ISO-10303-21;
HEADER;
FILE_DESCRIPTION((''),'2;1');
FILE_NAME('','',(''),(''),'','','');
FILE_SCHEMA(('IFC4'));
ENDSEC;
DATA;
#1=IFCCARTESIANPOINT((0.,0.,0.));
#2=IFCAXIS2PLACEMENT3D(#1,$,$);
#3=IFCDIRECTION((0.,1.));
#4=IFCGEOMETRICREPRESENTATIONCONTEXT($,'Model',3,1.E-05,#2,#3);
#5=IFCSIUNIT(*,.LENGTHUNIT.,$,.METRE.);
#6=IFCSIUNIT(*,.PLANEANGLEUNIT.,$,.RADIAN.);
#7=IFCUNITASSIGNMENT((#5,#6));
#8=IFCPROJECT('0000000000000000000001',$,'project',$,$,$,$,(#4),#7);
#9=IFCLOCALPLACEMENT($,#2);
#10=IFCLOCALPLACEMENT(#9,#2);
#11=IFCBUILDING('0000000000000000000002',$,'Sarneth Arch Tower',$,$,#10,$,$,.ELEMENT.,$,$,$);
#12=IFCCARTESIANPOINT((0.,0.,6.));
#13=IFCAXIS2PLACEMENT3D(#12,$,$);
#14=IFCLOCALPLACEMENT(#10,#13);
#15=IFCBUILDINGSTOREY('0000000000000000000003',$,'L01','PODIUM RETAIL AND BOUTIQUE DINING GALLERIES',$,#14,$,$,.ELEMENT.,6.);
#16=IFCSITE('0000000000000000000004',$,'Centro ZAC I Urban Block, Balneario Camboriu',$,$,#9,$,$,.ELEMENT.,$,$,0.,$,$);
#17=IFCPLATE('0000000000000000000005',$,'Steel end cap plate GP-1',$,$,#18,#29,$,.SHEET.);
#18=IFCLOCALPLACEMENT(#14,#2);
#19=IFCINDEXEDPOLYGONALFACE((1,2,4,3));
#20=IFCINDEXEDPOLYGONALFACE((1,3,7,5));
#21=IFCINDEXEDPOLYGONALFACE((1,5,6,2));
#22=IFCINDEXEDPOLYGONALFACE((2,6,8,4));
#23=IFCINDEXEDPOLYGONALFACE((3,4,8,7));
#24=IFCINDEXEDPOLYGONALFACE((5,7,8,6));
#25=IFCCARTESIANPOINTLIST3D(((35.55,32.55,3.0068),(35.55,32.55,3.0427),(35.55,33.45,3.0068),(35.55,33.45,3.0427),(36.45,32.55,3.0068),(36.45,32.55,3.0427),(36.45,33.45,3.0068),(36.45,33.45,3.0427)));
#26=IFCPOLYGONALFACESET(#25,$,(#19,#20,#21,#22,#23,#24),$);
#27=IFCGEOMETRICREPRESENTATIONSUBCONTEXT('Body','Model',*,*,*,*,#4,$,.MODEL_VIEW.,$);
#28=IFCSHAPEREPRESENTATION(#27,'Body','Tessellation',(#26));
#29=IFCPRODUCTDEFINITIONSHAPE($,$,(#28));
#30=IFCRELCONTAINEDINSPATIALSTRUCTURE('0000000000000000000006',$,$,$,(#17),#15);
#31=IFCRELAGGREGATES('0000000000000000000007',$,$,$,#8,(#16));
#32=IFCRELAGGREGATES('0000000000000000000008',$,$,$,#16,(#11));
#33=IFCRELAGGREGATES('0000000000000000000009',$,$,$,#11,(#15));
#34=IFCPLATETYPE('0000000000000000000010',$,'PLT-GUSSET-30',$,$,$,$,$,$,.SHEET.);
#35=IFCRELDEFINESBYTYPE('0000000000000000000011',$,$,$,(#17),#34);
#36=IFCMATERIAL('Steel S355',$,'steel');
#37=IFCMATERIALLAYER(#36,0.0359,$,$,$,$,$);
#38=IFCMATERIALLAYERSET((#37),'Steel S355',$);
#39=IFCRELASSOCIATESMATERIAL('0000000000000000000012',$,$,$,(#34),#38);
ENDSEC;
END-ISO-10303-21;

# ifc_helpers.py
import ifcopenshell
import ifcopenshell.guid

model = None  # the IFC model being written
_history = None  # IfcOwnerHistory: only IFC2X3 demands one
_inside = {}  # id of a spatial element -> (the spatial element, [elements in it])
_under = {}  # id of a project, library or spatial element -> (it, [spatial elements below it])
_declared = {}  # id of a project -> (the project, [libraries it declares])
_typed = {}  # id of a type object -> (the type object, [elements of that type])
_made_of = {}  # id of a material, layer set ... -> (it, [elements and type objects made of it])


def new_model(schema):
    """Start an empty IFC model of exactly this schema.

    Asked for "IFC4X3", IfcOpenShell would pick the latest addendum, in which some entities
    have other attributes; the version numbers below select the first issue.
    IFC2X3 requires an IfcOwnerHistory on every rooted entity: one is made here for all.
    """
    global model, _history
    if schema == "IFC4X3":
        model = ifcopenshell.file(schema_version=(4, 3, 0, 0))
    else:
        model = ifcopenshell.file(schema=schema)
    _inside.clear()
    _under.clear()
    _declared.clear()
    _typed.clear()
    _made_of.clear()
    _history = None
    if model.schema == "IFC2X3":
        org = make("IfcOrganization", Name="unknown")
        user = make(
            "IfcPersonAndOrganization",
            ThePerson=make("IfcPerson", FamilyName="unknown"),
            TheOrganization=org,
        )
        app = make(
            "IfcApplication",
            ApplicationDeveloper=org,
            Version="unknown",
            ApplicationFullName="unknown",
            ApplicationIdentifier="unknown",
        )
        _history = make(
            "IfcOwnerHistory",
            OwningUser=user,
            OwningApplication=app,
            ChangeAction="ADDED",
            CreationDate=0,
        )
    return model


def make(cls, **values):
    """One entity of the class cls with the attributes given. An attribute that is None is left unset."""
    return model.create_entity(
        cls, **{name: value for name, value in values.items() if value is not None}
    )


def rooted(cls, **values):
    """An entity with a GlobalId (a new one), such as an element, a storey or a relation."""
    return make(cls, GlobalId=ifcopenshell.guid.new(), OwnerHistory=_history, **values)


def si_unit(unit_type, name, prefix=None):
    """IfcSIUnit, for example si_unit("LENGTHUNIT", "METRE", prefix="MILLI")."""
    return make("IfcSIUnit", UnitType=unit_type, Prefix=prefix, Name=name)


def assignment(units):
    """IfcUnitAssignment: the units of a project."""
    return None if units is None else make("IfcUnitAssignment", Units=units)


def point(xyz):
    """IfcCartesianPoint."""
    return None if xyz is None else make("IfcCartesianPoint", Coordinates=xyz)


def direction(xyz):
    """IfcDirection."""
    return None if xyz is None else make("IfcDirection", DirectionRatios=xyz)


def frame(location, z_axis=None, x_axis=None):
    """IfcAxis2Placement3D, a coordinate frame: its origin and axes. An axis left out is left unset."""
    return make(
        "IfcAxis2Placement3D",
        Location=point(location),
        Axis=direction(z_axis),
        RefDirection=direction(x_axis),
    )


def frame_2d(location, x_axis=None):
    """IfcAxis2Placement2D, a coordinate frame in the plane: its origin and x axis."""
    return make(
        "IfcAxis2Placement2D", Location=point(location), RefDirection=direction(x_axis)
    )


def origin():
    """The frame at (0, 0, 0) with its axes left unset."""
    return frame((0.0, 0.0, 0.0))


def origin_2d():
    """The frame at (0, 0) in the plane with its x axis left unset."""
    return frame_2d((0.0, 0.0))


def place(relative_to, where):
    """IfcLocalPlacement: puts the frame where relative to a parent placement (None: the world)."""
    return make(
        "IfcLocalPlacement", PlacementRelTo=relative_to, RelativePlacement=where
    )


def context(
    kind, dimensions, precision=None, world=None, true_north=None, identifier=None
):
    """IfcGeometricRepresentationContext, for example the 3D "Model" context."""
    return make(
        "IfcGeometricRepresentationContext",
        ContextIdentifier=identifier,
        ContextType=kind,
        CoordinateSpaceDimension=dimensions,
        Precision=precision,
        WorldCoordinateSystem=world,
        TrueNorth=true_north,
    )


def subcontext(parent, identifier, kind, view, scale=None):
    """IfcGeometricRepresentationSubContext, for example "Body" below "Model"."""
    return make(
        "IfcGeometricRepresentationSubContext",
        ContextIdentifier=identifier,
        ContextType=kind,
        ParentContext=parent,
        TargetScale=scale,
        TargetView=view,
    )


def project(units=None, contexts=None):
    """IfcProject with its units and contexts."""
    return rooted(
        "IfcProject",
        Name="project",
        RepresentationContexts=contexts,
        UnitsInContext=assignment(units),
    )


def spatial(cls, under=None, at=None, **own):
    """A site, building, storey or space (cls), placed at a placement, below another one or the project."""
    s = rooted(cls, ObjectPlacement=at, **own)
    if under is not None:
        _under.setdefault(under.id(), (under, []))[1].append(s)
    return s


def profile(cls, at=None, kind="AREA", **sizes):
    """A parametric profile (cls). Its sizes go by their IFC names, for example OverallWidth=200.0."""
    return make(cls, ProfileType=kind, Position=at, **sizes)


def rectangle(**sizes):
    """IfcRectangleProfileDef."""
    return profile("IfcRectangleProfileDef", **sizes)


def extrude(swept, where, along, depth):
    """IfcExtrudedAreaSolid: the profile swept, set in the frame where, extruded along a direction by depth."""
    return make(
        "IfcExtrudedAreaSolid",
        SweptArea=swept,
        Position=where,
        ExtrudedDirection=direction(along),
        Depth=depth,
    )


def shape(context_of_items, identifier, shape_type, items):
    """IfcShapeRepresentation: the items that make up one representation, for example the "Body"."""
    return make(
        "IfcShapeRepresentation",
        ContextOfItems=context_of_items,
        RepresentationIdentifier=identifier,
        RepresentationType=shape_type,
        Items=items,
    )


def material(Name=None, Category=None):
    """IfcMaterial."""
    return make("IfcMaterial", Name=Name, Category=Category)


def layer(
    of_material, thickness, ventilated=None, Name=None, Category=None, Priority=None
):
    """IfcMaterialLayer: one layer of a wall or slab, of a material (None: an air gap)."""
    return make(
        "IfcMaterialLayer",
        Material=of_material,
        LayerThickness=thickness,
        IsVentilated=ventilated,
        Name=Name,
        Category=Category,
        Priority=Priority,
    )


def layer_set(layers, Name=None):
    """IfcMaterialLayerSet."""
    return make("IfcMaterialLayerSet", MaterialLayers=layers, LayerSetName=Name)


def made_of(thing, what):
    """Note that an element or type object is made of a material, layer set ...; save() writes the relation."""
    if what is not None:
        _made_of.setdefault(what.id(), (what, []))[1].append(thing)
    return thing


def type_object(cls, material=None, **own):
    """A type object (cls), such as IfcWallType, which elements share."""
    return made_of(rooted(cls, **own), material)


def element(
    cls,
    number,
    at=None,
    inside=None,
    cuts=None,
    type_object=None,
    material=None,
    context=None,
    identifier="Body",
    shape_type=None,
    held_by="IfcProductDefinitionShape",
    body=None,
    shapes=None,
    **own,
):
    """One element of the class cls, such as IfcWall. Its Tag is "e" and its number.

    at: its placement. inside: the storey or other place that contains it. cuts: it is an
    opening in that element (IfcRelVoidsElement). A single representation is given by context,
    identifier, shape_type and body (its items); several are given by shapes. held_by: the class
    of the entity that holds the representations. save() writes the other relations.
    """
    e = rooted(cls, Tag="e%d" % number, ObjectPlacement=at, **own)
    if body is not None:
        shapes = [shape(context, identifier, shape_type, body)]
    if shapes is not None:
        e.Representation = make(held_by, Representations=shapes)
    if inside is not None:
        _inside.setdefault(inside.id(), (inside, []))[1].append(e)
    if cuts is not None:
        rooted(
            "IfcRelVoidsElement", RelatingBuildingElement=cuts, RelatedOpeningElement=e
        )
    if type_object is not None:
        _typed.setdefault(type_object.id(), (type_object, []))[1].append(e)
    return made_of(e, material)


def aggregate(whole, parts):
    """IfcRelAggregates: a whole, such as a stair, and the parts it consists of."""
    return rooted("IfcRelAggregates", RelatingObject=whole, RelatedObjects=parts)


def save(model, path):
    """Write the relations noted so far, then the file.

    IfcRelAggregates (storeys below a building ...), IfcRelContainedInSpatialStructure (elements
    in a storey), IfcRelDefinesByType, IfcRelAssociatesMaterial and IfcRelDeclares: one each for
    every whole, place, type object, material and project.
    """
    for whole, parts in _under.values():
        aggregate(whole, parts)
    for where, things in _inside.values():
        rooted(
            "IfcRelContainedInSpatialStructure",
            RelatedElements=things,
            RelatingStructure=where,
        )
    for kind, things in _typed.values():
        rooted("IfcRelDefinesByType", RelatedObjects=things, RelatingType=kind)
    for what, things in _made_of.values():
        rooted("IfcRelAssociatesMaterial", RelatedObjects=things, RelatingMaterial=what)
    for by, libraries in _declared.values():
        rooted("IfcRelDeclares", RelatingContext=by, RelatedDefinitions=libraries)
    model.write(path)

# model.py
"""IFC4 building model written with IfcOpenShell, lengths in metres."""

from ifc_helpers import new_model, si_unit, direction, frame, origin, origin_2d, place, context, subcontext, project, spatial, rectangle, extrude, material, layer, layer_set, type_object, element, save


model = new_model("IFC4")

# Units and contexts
model_context = context("Model", 3, precision=1e-05, world=origin(), true_north=direction((0.0, 1.0)))
body_context = subcontext(model_context, "Body", "Model", "MODEL_VIEW")
ifc_project = project(units=[si_unit("LENGTHUNIT", "METRE"), si_unit("PLANEANGLEUNIT", "RADIAN")], contexts=[model_context])

# Site, building, storey
site_placement = place(None, origin())
site = spatial("IfcSite", under=ifc_project, at=site_placement, Name="Centro ZAC I Urban Block, Balneario Camboriu", CompositionType="ELEMENT", RefElevation=0.0)
building_placement = place(site_placement, origin())
building = spatial("IfcBuilding", under=site, at=building_placement, Name="Sarneth Arch Tower", CompositionType="ELEMENT")
storey_placement = place(building_placement, frame((0.0, 0.0, 6.0)))
storey = spatial("IfcBuildingStorey", under=building, at=storey_placement, Name="L01", Description="PODIUM RETAIL AND BOUTIQUE DINING GALLERIES", CompositionType="ELEMENT", Elevation=6.0)

# Plate
ifc_material_1 = material(Name="Steel S355", Category="steel")
ifc_layer_1 = layer(ifc_material_1, 0.0359)
ifc_layer_set_1 = layer_set([ifc_layer_1], Name="Steel S355")
plate_type_1 = type_object("IfcPlateType", Name="PLT-GUSSET-30", PredefinedType="SHEET", material=ifc_layer_set_1)
plate_1_placement = place(storey_placement, frame((36.0, 33.0, 3.0068), z_axis=(0.0, 0.0, 1.0), x_axis=(-1.0, 0.0, 0.0)))
element("IfcPlate", 1, at=plate_1_placement, inside=storey, type_object=plate_type_1, Name="Steel end cap plate GP-1", PredefinedType="SHEET", context=body_context, shape_type="SweptSolid", body=[
    extrude(rectangle(XDim=0.8999, YDim=0.8999, at=origin_2d()), origin(), (0.0, 0.0, 1.0), 0.0359),
])

save(model, "model.ifc")
